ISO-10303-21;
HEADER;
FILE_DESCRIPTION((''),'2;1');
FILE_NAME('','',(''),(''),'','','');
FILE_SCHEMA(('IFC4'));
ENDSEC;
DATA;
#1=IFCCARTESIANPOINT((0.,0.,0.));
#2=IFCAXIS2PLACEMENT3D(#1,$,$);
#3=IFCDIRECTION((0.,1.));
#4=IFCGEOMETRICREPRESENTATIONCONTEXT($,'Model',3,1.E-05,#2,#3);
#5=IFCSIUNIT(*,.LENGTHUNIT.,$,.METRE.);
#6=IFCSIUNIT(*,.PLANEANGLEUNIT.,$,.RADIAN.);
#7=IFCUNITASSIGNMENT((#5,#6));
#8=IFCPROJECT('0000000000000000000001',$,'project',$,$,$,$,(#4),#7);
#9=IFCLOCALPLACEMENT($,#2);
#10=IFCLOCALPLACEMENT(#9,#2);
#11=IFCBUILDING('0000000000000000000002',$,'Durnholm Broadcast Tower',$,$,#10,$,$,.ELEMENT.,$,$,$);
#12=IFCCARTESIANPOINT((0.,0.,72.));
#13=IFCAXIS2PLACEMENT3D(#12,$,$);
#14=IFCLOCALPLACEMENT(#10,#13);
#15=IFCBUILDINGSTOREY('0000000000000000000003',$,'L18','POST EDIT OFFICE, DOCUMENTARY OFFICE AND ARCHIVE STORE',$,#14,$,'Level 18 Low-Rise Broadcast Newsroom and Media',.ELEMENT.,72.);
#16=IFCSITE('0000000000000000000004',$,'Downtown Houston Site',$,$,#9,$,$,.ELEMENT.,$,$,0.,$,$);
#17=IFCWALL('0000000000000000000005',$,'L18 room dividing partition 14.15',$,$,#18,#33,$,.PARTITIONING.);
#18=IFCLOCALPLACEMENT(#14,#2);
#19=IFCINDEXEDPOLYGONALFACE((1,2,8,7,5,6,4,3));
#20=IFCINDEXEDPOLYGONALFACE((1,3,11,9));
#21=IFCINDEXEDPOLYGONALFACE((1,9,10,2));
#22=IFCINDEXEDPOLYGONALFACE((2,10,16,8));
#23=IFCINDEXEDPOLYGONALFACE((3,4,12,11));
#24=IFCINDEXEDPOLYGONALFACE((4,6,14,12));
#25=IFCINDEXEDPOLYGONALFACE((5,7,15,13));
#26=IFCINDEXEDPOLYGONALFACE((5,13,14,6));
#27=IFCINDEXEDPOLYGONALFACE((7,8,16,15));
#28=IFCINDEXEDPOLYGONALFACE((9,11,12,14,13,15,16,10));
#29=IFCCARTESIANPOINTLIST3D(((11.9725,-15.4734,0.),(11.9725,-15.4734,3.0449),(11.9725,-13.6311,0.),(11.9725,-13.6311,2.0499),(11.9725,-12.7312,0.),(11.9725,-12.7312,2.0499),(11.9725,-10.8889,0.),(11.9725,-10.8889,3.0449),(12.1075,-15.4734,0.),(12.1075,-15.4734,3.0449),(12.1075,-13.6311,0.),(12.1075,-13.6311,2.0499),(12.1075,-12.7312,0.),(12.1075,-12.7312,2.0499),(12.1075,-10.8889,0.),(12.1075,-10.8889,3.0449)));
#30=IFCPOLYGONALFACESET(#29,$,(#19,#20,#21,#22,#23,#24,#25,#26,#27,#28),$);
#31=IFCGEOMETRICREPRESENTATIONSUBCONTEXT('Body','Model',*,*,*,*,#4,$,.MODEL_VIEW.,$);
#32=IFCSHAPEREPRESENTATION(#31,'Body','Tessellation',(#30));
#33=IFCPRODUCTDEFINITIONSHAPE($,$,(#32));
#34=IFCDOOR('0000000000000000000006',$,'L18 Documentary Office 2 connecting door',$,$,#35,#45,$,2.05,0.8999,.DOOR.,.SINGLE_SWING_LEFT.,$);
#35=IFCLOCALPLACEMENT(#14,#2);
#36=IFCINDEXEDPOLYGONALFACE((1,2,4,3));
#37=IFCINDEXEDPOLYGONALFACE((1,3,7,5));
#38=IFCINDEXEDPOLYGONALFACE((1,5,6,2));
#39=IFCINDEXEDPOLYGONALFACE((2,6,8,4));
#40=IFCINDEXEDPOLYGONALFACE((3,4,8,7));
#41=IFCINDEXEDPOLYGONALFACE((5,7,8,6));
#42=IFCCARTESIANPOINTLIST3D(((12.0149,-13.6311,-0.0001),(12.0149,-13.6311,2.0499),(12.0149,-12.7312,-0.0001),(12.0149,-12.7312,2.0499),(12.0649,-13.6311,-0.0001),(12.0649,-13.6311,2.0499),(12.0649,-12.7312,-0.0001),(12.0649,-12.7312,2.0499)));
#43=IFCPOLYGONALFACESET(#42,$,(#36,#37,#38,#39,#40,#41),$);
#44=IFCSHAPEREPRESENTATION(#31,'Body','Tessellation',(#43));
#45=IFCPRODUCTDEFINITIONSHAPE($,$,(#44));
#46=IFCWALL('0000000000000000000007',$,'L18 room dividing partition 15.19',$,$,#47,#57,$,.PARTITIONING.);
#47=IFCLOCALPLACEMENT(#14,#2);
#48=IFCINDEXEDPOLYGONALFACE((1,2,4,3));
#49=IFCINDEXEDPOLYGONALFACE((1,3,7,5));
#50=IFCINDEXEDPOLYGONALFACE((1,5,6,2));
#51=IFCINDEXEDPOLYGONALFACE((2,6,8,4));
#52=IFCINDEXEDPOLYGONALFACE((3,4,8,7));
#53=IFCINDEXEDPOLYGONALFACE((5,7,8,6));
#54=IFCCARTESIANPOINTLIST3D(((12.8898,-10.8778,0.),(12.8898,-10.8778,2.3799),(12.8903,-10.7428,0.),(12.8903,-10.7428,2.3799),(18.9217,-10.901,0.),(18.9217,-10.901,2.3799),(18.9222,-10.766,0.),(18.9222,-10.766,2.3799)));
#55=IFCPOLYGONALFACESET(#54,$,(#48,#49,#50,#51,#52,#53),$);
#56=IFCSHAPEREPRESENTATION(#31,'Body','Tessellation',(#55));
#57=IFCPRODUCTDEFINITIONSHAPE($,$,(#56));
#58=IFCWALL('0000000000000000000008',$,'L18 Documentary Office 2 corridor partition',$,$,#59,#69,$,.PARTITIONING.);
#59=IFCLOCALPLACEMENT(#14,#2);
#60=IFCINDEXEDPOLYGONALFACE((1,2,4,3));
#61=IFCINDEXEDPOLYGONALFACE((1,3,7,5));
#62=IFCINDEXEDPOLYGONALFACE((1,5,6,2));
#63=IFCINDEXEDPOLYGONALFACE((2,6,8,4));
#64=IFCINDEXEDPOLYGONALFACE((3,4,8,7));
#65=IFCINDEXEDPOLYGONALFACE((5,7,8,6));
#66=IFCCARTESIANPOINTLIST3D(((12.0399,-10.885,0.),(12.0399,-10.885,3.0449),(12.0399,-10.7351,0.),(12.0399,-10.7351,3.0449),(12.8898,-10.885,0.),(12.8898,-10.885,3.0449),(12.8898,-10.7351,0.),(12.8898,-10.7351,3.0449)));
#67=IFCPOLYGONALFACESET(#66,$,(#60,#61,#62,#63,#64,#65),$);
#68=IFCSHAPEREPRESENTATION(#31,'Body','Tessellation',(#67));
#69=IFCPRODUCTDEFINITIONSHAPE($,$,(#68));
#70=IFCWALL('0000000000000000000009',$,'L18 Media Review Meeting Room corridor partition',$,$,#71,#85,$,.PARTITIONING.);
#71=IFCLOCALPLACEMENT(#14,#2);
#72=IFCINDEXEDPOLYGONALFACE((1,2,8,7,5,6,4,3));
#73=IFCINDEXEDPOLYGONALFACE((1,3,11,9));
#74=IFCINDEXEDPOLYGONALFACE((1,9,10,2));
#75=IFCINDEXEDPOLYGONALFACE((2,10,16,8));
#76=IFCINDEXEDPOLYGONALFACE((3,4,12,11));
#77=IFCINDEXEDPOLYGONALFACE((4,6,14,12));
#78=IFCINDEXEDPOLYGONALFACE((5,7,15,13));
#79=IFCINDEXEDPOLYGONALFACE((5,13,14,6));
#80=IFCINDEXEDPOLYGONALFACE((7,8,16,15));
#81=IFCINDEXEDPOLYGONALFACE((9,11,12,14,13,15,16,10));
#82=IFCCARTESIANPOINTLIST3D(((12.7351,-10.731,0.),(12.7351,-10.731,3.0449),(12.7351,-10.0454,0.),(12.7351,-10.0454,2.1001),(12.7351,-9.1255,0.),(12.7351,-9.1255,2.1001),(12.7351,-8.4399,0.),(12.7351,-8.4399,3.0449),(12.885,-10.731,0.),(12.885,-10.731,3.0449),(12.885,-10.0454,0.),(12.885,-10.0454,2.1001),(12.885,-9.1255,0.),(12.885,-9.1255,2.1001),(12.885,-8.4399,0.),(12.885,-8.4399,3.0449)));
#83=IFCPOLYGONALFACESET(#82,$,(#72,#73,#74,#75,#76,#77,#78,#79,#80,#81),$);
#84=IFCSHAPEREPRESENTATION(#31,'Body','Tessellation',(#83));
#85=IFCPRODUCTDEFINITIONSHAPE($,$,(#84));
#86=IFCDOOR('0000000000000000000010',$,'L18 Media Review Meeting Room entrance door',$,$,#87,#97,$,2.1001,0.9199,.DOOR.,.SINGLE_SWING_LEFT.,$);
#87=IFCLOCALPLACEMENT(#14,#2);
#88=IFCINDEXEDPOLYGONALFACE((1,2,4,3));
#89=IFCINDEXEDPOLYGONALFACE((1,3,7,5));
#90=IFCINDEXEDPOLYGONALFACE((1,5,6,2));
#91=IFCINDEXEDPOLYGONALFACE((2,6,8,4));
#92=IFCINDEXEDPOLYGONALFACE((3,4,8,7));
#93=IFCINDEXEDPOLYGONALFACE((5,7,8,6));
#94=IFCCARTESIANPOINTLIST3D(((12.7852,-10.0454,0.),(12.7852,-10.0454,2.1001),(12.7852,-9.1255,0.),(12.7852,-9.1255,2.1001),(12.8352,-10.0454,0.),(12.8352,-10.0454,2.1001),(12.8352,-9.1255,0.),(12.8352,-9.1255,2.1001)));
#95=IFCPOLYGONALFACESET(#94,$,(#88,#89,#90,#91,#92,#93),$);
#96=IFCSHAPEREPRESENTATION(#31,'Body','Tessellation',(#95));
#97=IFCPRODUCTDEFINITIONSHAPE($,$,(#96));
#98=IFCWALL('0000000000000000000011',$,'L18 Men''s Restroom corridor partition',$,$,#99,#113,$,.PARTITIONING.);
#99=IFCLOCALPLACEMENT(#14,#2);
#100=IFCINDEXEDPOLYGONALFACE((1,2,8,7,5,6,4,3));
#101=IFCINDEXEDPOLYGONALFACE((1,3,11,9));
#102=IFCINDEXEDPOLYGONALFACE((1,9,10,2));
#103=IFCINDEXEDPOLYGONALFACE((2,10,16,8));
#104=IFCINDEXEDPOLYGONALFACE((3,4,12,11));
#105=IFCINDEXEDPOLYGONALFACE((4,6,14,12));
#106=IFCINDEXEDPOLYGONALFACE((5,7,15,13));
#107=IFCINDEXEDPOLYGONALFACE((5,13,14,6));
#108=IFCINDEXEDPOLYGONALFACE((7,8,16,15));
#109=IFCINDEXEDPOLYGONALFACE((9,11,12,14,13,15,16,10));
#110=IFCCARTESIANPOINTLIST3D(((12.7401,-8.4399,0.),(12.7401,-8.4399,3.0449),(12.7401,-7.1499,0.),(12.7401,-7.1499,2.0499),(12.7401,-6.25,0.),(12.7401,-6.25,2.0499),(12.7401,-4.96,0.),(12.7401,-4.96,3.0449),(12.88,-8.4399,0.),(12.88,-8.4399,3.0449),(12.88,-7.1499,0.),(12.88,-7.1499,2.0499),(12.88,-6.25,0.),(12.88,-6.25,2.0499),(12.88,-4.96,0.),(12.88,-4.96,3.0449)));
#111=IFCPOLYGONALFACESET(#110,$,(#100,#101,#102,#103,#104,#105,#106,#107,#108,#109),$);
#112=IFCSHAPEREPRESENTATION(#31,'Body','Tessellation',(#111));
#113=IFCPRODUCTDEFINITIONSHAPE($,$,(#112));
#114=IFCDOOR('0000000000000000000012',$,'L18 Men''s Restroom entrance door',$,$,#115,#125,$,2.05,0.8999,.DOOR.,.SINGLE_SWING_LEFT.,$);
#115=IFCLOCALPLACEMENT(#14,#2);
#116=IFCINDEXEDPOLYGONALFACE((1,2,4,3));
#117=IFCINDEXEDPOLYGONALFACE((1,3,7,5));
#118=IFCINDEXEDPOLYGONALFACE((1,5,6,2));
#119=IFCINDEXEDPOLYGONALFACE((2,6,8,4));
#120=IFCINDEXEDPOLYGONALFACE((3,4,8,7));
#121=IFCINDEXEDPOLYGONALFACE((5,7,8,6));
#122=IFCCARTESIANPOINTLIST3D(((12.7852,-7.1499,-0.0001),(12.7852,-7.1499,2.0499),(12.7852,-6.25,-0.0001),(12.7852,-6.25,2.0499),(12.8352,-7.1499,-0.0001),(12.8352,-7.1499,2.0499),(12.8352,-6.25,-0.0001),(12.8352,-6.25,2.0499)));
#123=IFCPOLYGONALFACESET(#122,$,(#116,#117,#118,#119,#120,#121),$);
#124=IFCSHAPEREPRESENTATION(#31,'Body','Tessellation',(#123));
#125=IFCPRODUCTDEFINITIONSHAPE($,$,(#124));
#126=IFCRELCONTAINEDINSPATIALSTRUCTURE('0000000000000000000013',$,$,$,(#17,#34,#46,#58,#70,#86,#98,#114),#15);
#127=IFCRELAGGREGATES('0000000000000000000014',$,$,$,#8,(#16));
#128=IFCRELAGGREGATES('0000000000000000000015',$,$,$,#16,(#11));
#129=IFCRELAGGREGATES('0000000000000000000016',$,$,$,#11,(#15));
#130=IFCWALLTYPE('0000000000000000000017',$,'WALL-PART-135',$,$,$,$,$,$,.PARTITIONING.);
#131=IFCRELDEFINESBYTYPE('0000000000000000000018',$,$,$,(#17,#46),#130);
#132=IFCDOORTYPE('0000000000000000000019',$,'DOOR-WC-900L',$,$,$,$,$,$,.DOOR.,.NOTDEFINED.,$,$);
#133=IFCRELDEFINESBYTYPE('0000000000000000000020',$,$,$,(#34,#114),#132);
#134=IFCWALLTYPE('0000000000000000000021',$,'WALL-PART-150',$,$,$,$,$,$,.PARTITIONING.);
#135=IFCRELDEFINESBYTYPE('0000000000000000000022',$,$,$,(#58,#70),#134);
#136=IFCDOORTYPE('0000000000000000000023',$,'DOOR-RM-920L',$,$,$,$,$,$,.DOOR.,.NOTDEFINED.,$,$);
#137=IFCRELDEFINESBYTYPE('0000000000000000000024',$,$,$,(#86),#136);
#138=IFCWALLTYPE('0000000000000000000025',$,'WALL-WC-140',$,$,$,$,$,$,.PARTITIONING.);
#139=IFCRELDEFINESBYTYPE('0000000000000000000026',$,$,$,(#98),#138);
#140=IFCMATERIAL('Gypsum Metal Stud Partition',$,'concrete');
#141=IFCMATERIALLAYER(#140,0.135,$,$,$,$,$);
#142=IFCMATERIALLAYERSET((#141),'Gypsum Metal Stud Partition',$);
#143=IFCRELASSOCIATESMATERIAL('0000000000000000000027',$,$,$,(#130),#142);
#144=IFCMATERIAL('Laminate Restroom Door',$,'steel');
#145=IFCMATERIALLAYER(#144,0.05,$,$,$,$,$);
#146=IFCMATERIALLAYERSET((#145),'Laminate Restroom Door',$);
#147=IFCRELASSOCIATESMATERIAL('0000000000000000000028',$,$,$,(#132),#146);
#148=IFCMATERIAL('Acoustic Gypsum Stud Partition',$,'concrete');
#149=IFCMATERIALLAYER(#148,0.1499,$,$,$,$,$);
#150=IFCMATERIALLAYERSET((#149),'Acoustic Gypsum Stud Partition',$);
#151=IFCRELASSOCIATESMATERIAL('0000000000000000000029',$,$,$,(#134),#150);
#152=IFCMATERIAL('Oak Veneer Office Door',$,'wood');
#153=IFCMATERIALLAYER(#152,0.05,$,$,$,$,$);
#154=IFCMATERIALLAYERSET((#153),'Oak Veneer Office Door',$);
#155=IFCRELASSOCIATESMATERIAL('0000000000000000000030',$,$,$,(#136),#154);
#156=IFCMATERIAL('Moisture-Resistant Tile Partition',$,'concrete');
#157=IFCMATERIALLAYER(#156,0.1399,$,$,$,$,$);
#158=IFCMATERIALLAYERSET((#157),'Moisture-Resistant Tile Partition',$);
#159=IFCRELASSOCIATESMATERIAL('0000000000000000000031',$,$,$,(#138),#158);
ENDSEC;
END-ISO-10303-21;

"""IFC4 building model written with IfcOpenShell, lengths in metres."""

from ifc_helpers import new_model, si_unit, direction, frame, frame_2d, origin, place, context, subcontext, project, spatial, rectangle, extrude, source, transform, mapped, material, layer, layer_set, type_object, type_shapes, element, fill, save


model = new_model("IFC4")

# Units and contexts
model_context = context("Model", 3, precision=1e-05, world=origin(), true_north=direction((0.0, 1.0)))
body_context = subcontext(model_context, "Body", "Model", "MODEL_VIEW")
ifc_project = project(units=[si_unit("LENGTHUNIT", "METRE"), si_unit("PLANEANGLEUNIT", "RADIAN")], contexts=[model_context])

# Site, building, storey
site_placement = place(None, origin())
site = spatial("IfcSite", under=ifc_project, at=site_placement, Name="Downtown Houston Site", CompositionType="ELEMENT", RefElevation=0.0)
building_placement = place(site_placement, origin())
building = spatial("IfcBuilding", under=site, at=building_placement, Name="Durnholm Broadcast Tower", CompositionType="ELEMENT")
storey_placement = place(building_placement, frame((0.0, 0.0, 72.0)))
storey = spatial("IfcBuildingStorey", under=building, at=storey_placement, Name="L18", Description="POST EDIT OFFICE, DOCUMENTARY OFFICE AND ARCHIVE STORE", LongName="Level 18 Low-Rise Broadcast Newsroom and Media", CompositionType="ELEMENT", Elevation=72.0)

# Shared definitions
ifc_material_1 = material(Name="Gypsum Metal Stud Partition", Category="concrete")
ifc_layer_1 = layer(ifc_material_1, 0.135)
ifc_layer_set_1 = layer_set([ifc_layer_1], Name="Gypsum Metal Stud Partition")
wall_type_1 = type_object("IfcWallType", Name="WALL-PART-135", PredefinedType="PARTITIONING", material=ifc_layer_set_1)

# Wall, opening, door
wall_1_placement = place(storey_placement, frame((12.04, -10.8889, 0.0), z_axis=(0.0, 0.0, 1.0), x_axis=(0.0, -1.0, 0.0)))
wall_1 = element("IfcWall", 1, at=wall_1_placement, inside=storey, type_object=wall_type_1, Name="L18 room dividing partition 14.15", PredefinedType="PARTITIONING", context=body_context, shape_type="SweptSolid", body=[
    extrude(rectangle(XDim=4.5845, YDim=0.135, at=frame_2d((2.2922, 0.0))), origin(), (0.0, 0.0, 1.0), 3.0449),
])
opening_1_placement = place(wall_1_placement, frame((1.8423, 0.0, 0.0)))
opening_1 = element("IfcOpeningElement", 2, at=opening_1_placement, cuts=wall_1, PredefinedType="OPENING", context=body_context, shape_type="SweptSolid", body=[
    extrude(rectangle(XDim=0.8999, YDim=2.05, at=frame_2d((0.45, 1.0249))), frame((0.0, 0.0776, 0.0), z_axis=(0.0, -1.0, 0.0), x_axis=(1.0, 0.0, 0.0)), (0.0, 0.0, 1.0), 0.155),
])
ifc_material_2 = material(Name="Laminate Restroom Door", Category="steel")
ifc_layer_2 = layer(ifc_material_2, 0.05)
ifc_layer_set_2 = layer_set([ifc_layer_2], Name="Laminate Restroom Door")
door_type_1 = type_object("IfcDoorType", Name="DOOR-WC-900L", OperationType="NOTDEFINED", PredefinedType="DOOR", material=ifc_layer_set_2)
shared_shape_1 = source(origin(), body_context, "Body", "SweptSolid", [
    extrude(rectangle(XDim=0.8999, YDim=2.05, at=frame_2d((0.45, 1.0249))), frame((0.0, 0.0249, 0.0), z_axis=(0.0, -1.0, 0.0), x_axis=(1.0, 0.0, 0.0)), (0.0, 0.0, 1.0), 0.05),
])
type_shapes(door_type_1, [shared_shape_1])
door_1_placement = place(opening_1_placement, origin())
door_1 = element("IfcDoor", 3, at=door_1_placement, inside=storey, type_object=door_type_1, Name="L18 Documentary Office 2 connecting door", OperationType="SINGLE_SWING_LEFT", OverallHeight=2.05, OverallWidth=0.8999, PredefinedType="DOOR", context=body_context, shape_type="MappedRepresentation", body=[
    mapped(shared_shape_1, transform((0.0, 0.0, 0.0), x_axis=(1.0, 0.0, 0.0), y_axis=(0.0, 1.0, 0.0), z_axis=(0.0, 0.0, 1.0), scale=1.0)),
])
fill(opening_1, door_1)

# Walls
wall_2_placement = place(storey_placement, frame((12.8899, -10.8103, 0.0), z_axis=(0.0, 0.0, 1.0), x_axis=(0.999993, -0.003845, 0.0)))
element("IfcWall", 4, at=wall_2_placement, inside=storey, type_object=wall_type_1, Name="L18 room dividing partition 15.19", PredefinedType="PARTITIONING", context=body_context, shape_type="SweptSolid", body=[
    extrude(rectangle(XDim=6.032, YDim=0.135, at=frame_2d((3.0161, 0.0))), origin(), (0.0, 0.0, 1.0), 2.3799),
])
ifc_material_3 = material(Name="Acoustic Gypsum Stud Partition", Category="concrete")
ifc_layer_3 = layer(ifc_material_3, 0.1499)
ifc_layer_set_3 = layer_set([ifc_layer_3], Name="Acoustic Gypsum Stud Partition")
wall_type_2 = type_object("IfcWallType", Name="WALL-PART-150", PredefinedType="PARTITIONING", material=ifc_layer_set_3)
wall_3_placement = place(storey_placement, frame((12.04, -10.8101, 0.0), z_axis=(0.0, 0.0, 1.0), x_axis=(1.0, 0.0, 0.0)))
element("IfcWall", 5, at=wall_3_placement, inside=storey, type_object=wall_type_2, Name="L18 Documentary Office 2 corridor partition", PredefinedType="PARTITIONING", context=body_context, shape_type="SweptSolid", body=[
    extrude(rectangle(XDim=0.8499, YDim=0.1499, at=frame_2d((0.4248, 0.0))), origin(), (0.0, 0.0, 1.0), 3.0449),
])

# Walls, openings, doors
wall_4_placement = place(storey_placement, frame((12.8101, -10.731, 0.0), z_axis=(0.0, 0.0, 1.0), x_axis=(0.0, 1.0, 0.0)))
wall_4 = element("IfcWall", 6, at=wall_4_placement, inside=storey, type_object=wall_type_2, Name="L18 Media Review Meeting Room corridor partition", PredefinedType="PARTITIONING", context=body_context, shape_type="SweptSolid", body=[
    extrude(rectangle(XDim=2.291, YDim=0.1499, at=frame_2d((1.1455, 0.0))), origin(), (0.0, 0.0, 1.0), 3.0449),
])
opening_2_placement = place(wall_4_placement, frame((0.6855, 0.0, 0.0)))
opening_2 = element("IfcOpeningElement", 7, at=opening_2_placement, cuts=wall_4, PredefinedType="OPENING", context=body_context, shape_type="SweptSolid", body=[
    extrude(rectangle(XDim=0.9199, YDim=2.1001, at=frame_2d((0.46, 1.05))), frame((0.0, 0.085, 0.0), z_axis=(0.0, -1.0, 0.0), x_axis=(1.0, 0.0, 0.0)), (0.0, 0.0, 1.0), 0.1699),
])
ifc_material_4 = material(Name="Oak Veneer Office Door", Category="wood")
ifc_layer_4 = layer(ifc_material_4, 0.05)
ifc_layer_set_4 = layer_set([ifc_layer_4], Name="Oak Veneer Office Door")
door_type_2 = type_object("IfcDoorType", Name="DOOR-RM-920L", OperationType="NOTDEFINED", PredefinedType="DOOR", material=ifc_layer_set_4)
shared_shape_2 = source(origin(), body_context, "Body", "SweptSolid", [
    extrude(rectangle(XDim=0.9199, YDim=2.1001, at=frame_2d((0.46, 1.05))), frame((0.0, 0.0249, 0.0), z_axis=(0.0, -1.0, 0.0), x_axis=(1.0, 0.0, 0.0)), (0.0, 0.0, 1.0), 0.05),
])
type_shapes(door_type_2, [shared_shape_2])
door_2_placement = place(opening_2_placement, origin())
door_2 = element("IfcDoor", 8, at=door_2_placement, inside=storey, type_object=door_type_2, Name="L18 Media Review Meeting Room entrance door", OperationType="SINGLE_SWING_LEFT", OverallHeight=2.1001, OverallWidth=0.9199, PredefinedType="DOOR", context=body_context, shape_type="MappedRepresentation", body=[
    mapped(shared_shape_2, transform((0.0, 0.0, 0.0), x_axis=(1.0, 0.0, 0.0), y_axis=(0.0, 1.0, 0.0), z_axis=(0.0, 0.0, 1.0), scale=1.0)),
])
fill(opening_2, door_2)
ifc_material_5 = material(Name="Moisture-Resistant Tile Partition", Category="concrete")
ifc_layer_5 = layer(ifc_material_5, 0.1399)
ifc_layer_set_5 = layer_set([ifc_layer_5], Name="Moisture-Resistant Tile Partition")
wall_type_3 = type_object("IfcWallType", Name="WALL-WC-140", PredefinedType="PARTITIONING", material=ifc_layer_set_5)
wall_5_placement = place(storey_placement, frame((12.8101, -8.4399, 0.0), z_axis=(0.0, 0.0, 1.0), x_axis=(0.0, 1.0, 0.0)))
wall_5 = element("IfcWall", 9, at=wall_5_placement, inside=storey, type_object=wall_type_3, Name="L18 Men's Restroom corridor partition", PredefinedType="PARTITIONING", context=body_context, shape_type="SweptSolid", body=[
    extrude(rectangle(XDim=3.48, YDim=0.1399, at=frame_2d((1.74, 0.0))), origin(), (0.0, 0.0, 1.0), 3.0449),
])
opening_3_placement = place(wall_5_placement, frame((1.29, 0.0, 0.0)))
opening_3 = element("IfcOpeningElement", 10, at=opening_3_placement, cuts=wall_5, PredefinedType="OPENING", context=body_context, shape_type="SweptSolid", body=[
    extrude(rectangle(XDim=0.8999, YDim=2.05, at=frame_2d((0.45, 1.0249))), frame((0.0, 0.0801, 0.0), z_axis=(0.0, -1.0, 0.0), x_axis=(1.0, 0.0, 0.0)), (0.0, 0.0, 1.0), 0.1599),
])
door_3_placement = place(opening_3_placement, origin())
door_3 = element("IfcDoor", 11, at=door_3_placement, inside=storey, type_object=door_type_1, Name="L18 Men's Restroom entrance door", OperationType="SINGLE_SWING_LEFT", OverallHeight=2.05, OverallWidth=0.8999, PredefinedType="DOOR", context=body_context, shape_type="MappedRepresentation", body=[
    mapped(shared_shape_1, transform((0.0, 0.0, 0.0), x_axis=(1.0, 0.0, 0.0), y_axis=(0.0, 1.0, 0.0), z_axis=(0.0, 0.0, 1.0), scale=1.0)),
])
fill(opening_3, door_3)

save(model, "model.ifc")
